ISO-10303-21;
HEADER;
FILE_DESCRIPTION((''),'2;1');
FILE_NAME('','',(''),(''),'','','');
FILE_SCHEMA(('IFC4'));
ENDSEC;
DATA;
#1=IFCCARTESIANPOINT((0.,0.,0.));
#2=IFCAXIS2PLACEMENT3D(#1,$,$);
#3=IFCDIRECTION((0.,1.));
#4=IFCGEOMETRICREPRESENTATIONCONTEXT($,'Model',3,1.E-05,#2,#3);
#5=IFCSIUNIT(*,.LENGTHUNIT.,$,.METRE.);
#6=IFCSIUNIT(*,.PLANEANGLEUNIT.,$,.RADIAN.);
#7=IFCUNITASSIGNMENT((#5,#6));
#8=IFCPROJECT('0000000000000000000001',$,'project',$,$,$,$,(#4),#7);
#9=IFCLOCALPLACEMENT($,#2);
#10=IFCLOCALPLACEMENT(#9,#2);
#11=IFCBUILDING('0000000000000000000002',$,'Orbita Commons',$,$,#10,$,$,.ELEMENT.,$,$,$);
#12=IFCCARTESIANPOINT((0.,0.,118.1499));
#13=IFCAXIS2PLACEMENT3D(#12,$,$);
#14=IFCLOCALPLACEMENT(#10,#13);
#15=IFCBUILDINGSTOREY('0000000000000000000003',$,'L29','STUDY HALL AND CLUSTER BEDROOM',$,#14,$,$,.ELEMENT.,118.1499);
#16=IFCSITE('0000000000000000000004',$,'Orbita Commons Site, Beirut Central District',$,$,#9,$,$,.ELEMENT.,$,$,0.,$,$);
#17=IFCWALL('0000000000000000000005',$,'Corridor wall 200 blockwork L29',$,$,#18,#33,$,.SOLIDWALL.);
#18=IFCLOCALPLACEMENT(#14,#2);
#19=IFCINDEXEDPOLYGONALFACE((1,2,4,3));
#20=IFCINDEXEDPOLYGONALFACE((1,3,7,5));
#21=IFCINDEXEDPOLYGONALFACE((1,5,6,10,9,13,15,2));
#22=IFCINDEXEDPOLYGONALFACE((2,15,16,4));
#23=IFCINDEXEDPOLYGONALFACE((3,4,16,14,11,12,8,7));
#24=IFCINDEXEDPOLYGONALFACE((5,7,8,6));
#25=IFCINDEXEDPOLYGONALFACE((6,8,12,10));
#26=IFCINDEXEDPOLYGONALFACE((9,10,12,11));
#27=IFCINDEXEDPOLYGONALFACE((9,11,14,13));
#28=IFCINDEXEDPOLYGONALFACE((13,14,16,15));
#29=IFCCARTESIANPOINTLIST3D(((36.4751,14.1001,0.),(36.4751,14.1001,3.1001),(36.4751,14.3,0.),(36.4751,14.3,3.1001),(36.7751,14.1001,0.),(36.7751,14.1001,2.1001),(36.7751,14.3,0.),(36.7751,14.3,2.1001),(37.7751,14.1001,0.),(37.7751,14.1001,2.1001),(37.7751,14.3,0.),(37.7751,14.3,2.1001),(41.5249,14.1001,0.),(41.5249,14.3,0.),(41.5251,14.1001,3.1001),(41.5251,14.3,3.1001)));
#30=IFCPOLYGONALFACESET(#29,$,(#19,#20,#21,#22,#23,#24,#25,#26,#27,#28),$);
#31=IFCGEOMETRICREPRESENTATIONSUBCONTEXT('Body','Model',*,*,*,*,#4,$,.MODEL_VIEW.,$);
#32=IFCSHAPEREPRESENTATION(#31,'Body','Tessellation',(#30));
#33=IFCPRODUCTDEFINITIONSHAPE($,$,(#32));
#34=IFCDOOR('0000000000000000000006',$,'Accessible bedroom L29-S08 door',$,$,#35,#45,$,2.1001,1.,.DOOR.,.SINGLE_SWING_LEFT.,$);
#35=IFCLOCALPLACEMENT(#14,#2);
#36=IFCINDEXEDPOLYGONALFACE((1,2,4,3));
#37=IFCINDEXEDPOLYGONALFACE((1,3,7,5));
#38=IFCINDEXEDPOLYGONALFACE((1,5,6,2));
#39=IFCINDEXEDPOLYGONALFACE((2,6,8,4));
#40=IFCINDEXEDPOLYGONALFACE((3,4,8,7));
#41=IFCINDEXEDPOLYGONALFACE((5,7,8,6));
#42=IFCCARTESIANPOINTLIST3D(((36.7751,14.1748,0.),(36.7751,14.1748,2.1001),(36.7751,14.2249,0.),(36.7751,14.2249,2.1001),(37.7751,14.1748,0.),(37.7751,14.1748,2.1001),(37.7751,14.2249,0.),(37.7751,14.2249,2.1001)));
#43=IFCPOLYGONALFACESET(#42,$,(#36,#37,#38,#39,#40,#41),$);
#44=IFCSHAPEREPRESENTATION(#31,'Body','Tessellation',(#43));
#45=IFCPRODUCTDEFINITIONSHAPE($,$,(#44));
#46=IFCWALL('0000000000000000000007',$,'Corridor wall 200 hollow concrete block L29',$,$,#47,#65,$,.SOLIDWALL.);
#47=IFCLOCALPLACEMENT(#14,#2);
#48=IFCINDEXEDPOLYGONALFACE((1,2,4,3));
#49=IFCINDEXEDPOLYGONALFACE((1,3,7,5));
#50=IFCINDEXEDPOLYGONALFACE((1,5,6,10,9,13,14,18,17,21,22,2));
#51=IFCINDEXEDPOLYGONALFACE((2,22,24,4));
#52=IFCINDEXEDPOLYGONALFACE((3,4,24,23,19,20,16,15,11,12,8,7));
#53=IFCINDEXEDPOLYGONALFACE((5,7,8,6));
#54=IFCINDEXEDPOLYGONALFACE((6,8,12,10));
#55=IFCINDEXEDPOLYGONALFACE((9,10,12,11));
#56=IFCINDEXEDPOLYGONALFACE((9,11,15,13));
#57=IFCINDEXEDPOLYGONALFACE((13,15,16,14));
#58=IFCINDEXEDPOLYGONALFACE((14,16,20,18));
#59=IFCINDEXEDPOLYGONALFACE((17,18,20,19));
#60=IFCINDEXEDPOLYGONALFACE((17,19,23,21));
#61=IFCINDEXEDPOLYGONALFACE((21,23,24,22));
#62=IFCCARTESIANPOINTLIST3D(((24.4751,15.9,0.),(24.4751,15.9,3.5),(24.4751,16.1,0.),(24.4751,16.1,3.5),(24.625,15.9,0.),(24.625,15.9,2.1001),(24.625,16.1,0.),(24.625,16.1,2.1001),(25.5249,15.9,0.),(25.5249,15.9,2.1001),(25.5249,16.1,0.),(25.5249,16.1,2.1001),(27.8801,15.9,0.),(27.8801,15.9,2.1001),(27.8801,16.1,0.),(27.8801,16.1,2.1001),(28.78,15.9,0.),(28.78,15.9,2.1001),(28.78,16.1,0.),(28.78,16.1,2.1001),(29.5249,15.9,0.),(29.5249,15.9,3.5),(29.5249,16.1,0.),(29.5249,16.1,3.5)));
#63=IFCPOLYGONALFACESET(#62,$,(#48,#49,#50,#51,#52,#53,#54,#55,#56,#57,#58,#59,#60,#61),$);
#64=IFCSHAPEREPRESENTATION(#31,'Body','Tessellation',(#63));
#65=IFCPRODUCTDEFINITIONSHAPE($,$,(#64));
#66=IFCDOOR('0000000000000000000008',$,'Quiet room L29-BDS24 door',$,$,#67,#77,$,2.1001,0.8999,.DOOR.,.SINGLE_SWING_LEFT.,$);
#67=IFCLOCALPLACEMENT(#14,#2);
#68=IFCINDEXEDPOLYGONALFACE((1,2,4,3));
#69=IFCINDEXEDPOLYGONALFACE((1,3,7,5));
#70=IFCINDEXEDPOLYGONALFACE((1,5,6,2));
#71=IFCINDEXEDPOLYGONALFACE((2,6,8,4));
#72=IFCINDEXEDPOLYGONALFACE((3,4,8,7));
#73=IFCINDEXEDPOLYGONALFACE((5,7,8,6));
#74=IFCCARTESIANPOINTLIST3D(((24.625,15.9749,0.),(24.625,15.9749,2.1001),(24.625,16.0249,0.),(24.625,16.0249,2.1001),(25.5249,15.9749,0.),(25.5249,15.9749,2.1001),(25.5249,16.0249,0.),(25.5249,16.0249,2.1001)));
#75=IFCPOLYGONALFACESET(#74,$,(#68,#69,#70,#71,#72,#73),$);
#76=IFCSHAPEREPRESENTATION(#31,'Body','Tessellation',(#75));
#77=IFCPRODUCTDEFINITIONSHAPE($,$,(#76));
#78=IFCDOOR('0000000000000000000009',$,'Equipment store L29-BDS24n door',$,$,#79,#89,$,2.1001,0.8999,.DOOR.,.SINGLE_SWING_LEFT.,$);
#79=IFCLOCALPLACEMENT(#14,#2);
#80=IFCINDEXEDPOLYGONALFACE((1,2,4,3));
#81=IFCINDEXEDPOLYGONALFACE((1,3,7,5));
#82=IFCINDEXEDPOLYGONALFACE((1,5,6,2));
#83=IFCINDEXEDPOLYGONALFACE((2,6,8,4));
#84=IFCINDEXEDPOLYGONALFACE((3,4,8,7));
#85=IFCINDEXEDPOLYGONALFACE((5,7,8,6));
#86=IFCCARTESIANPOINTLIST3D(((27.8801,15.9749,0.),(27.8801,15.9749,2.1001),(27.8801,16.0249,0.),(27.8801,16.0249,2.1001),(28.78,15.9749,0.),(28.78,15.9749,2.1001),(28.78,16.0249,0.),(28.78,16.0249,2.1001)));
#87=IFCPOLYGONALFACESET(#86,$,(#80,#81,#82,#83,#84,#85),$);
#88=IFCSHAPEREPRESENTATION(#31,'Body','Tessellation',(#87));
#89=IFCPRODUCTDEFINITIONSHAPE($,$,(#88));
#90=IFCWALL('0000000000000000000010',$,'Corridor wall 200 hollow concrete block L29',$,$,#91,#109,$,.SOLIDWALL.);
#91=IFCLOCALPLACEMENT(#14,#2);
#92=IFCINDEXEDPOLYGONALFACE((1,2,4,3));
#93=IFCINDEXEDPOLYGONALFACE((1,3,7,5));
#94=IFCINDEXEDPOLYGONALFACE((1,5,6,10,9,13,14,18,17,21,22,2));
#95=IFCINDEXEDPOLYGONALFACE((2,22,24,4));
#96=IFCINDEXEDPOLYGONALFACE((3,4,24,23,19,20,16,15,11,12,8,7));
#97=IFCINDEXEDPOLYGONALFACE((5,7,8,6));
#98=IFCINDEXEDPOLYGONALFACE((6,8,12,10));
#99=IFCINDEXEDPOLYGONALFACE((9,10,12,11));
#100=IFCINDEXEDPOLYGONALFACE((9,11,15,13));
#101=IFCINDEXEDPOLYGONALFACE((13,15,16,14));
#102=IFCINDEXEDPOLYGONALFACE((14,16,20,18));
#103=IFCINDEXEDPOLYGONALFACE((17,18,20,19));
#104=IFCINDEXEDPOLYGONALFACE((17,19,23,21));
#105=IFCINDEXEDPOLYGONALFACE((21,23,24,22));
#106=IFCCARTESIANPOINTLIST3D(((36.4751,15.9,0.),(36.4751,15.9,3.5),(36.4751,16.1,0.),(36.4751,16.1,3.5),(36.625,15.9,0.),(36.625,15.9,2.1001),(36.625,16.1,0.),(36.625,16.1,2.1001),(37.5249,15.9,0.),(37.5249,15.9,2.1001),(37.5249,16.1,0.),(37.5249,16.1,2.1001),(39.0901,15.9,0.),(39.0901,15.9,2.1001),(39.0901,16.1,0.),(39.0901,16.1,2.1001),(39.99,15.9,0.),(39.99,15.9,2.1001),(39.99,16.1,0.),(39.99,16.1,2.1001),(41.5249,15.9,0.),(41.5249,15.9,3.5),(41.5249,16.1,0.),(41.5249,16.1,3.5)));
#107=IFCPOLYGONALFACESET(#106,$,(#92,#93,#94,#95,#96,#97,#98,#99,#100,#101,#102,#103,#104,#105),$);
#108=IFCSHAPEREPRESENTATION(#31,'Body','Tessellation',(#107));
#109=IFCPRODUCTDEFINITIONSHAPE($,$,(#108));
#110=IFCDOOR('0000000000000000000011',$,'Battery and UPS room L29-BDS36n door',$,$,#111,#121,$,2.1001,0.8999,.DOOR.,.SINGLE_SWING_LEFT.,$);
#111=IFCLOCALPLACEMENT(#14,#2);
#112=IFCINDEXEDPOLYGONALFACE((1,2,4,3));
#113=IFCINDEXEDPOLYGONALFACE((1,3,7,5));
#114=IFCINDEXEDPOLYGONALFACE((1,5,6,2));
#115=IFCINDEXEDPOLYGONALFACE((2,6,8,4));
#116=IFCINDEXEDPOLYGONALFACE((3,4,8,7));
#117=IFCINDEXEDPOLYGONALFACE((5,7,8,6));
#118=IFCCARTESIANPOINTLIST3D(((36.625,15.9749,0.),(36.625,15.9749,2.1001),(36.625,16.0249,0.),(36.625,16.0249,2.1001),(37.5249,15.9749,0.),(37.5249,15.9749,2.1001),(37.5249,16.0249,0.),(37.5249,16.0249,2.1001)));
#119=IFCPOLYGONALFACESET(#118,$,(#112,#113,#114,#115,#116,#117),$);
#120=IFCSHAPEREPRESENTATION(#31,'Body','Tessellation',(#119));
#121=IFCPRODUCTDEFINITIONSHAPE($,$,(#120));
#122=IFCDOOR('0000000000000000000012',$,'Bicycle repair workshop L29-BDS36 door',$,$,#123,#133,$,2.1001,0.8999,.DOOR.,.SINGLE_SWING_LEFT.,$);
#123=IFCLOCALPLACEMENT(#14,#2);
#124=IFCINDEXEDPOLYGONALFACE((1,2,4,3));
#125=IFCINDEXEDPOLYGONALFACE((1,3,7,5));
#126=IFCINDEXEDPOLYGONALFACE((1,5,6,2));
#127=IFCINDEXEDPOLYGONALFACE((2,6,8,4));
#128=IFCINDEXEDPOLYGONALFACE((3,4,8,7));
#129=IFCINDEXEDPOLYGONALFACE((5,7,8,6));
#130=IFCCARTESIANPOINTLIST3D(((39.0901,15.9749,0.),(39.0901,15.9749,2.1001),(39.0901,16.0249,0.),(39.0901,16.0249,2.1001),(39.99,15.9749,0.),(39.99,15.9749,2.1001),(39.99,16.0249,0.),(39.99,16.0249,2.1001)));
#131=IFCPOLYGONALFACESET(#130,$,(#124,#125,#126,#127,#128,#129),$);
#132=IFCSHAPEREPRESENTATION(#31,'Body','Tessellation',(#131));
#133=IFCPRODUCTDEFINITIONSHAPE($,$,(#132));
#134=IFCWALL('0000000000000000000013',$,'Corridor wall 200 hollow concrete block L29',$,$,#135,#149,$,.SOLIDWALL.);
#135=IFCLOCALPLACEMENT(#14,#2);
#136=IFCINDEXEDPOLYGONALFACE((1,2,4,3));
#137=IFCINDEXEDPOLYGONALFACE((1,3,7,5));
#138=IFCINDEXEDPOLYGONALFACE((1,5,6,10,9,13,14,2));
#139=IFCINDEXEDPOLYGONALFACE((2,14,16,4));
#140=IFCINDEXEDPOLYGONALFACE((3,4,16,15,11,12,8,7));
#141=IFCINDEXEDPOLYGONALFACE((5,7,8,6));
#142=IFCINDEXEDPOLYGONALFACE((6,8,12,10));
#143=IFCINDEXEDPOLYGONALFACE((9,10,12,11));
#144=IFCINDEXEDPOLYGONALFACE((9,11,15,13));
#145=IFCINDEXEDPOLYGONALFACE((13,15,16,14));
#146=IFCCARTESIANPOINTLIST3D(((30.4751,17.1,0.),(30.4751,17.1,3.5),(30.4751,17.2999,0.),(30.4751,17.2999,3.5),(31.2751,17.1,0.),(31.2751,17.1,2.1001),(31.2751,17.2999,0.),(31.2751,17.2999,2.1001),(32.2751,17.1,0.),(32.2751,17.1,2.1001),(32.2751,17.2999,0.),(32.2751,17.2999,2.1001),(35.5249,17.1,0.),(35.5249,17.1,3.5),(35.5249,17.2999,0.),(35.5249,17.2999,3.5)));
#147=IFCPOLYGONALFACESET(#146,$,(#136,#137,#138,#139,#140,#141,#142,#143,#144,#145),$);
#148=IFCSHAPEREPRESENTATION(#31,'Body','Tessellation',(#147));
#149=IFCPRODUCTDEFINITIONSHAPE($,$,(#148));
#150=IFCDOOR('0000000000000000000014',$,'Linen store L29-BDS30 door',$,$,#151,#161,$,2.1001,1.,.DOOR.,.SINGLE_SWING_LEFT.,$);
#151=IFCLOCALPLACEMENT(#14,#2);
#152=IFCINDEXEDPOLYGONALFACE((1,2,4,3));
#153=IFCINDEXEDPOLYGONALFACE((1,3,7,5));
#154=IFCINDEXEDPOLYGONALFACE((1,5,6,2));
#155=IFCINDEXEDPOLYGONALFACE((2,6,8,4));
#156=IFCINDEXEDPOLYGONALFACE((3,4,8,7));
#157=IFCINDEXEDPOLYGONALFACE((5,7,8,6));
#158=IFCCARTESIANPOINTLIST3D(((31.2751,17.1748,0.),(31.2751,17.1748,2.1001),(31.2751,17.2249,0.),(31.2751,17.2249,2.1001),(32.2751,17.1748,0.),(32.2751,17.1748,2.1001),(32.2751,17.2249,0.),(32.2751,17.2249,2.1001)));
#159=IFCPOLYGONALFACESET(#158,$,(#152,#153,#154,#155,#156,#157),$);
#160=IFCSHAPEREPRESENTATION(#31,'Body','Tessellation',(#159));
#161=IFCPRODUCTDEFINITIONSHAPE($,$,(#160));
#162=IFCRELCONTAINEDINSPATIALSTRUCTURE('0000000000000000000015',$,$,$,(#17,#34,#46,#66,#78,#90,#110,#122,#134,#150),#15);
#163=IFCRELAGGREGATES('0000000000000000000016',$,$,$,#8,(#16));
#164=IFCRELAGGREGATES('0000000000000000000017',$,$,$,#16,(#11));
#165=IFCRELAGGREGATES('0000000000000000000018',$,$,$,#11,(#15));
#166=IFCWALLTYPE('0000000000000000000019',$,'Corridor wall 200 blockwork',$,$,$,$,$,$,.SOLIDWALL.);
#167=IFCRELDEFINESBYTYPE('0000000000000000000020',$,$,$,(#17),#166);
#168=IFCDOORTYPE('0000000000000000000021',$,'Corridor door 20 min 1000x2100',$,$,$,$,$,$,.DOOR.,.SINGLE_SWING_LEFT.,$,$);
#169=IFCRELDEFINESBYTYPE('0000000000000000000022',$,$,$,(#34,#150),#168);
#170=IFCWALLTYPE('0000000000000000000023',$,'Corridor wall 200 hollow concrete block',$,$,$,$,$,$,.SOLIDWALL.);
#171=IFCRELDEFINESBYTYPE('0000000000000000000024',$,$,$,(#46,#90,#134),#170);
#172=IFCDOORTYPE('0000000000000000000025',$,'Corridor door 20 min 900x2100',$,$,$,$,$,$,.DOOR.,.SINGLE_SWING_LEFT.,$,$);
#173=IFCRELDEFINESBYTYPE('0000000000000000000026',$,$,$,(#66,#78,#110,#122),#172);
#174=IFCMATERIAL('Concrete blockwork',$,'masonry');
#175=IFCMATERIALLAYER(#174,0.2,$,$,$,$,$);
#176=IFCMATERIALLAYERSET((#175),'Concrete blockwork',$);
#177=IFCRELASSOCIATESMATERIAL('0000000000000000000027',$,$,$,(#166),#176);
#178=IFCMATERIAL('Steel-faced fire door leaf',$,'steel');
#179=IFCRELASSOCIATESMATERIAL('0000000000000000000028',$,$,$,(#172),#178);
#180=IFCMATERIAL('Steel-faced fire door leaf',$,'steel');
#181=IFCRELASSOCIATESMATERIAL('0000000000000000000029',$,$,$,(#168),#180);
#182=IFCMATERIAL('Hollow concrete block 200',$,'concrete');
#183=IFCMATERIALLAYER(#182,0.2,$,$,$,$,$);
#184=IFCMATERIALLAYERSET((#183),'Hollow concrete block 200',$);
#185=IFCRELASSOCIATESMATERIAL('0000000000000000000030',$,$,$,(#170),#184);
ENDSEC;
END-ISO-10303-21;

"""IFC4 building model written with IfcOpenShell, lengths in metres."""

from ifc_helpers import new_model, si_unit, direction, frame, frame_2d, origin, place, context, subcontext, project, spatial, polyline, rectangle, outline, extrude, material, layer, layer_set, type_object, element, fill, save


model = new_model("IFC4")

# Units and contexts
model_context = context("Model", 3, precision=1e-05, world=origin(), true_north=direction((0.0, 1.0)))
body_context = subcontext(model_context, "Body", "Model", "MODEL_VIEW")
ifc_project = project(units=[si_unit("LENGTHUNIT", "METRE"), si_unit("PLANEANGLEUNIT", "RADIAN")], contexts=[model_context])

# Site, building, storey
site_placement = place(None, origin())
site = spatial("IfcSite", under=ifc_project, at=site_placement, Name="Orbita Commons Site, Beirut Central District", CompositionType="ELEMENT", RefElevation=0.0)
building_placement = place(site_placement, origin())
building = spatial("IfcBuilding", under=site, at=building_placement, Name="Orbita Commons", CompositionType="ELEMENT")
storey_placement = place(building_placement, frame((0.0, 0.0, 118.1499)))
storey = spatial("IfcBuildingStorey", under=building, at=storey_placement, Name="L29", Description="STUDY HALL AND CLUSTER BEDROOM", CompositionType="ELEMENT", Elevation=118.1499)

# Shared definitions
ifc_material_1 = material(Name="Concrete blockwork", Category="masonry")
ifc_layer_1 = layer(ifc_material_1, 0.2)
ifc_layer_set_1 = layer_set([ifc_layer_1], Name="Concrete blockwork")
wall_type_1 = type_object("IfcWallType", Name="Corridor wall 200 blockwork", PredefinedType="SOLIDWALL", material=ifc_layer_set_1)
ifc_material_2 = material(Name="Steel-faced fire door leaf", Category="steel")
door_type_1 = type_object("IfcDoorType", Name="Corridor door 20 min 900x2100", OperationType="SINGLE_SWING_LEFT", PredefinedType="DOOR", material=ifc_material_2)

# Wall, opening, door
wall_1_placement = place(storey_placement, frame((36.4751, 14.2, 0.0), z_axis=(0.0, 0.0, 1.0), x_axis=(1.0, 0.0, 0.0)))
wall_1 = element("IfcWall", 1, at=wall_1_placement, inside=storey, type_object=wall_type_1, Name="Corridor wall 200 blockwork L29", PredefinedType="SOLIDWALL", context=body_context, shape_type="SweptSolid", body=[
    extrude(outline(polyline([(0.0, 0.0), (5.0498, 0.0), (5.05, 3.1001), (0.0, 3.1001), (0.0, 0.0)])), frame((0.0, 0.1001, 0.0), z_axis=(0.0, -1.0, 0.0), x_axis=(1.0, 0.0, 0.0)), (0.0, 0.0, 1.0), 0.2),
])
opening_1_placement = place(wall_1_placement, frame((0.3, 0.0, 0.0)))
opening_1 = element("IfcOpeningElement", 2, at=opening_1_placement, cuts=wall_1, PredefinedType="OPENING", context=body_context, shape_type="SweptSolid", body=[
    extrude(rectangle(XDim=1.0, YDim=2.1001, at=frame_2d((0.5, 1.05))), frame((0.0, 0.1099, 0.0), z_axis=(0.0, -1.0, 0.0), x_axis=(1.0, 0.0, 0.0)), (0.0, 0.0, 1.0), 0.22),
])
ifc_material_3 = material(Name="Steel-faced fire door leaf", Category="steel")
door_type_2 = type_object("IfcDoorType", Name="Corridor door 20 min 1000x2100", OperationType="SINGLE_SWING_LEFT", PredefinedType="DOOR", material=ifc_material_3)
door_1_placement = place(opening_1_placement, origin())
door_1 = element("IfcDoor", 3, at=door_1_placement, inside=storey, type_object=door_type_2, Name="Accessible bedroom L29-S08 door", OperationType="SINGLE_SWING_LEFT", OverallHeight=2.1001, OverallWidth=1.0, PredefinedType="DOOR", context=body_context, shape_type="SweptSolid", body=[
    extrude(rectangle(XDim=1.0, YDim=2.1001, at=frame_2d((0.5, 1.05))), frame((0.0, 0.0249, 0.0), z_axis=(0.0, -1.0, 0.0), x_axis=(1.0, 0.0, 0.0)), (0.0, 0.0, 1.0), 0.05),
])
fill(opening_1, door_1)

# Walls, openings, doors
ifc_material_4 = material(Name="Hollow concrete block 200", Category="concrete")
ifc_layer_2 = layer(ifc_material_4, 0.2)
ifc_layer_set_2 = layer_set([ifc_layer_2], Name="Hollow concrete block 200")
wall_type_2 = type_object("IfcWallType", Name="Corridor wall 200 hollow concrete block", PredefinedType="SOLIDWALL", material=ifc_layer_set_2)
wall_2_placement = place(storey_placement, frame((24.4751, 16.0, 0.0), z_axis=(0.0, 0.0, 1.0), x_axis=(1.0, 0.0, 0.0)))
wall_2 = element("IfcWall", 4, at=wall_2_placement, inside=storey, type_object=wall_type_2, Name="Corridor wall 200 hollow concrete block L29", PredefinedType="SOLIDWALL", context=body_context, shape_type="SweptSolid", body=[
    extrude(rectangle(XDim=5.0498, YDim=0.2, at=frame_2d((2.5249, 0.0))), origin(), (0.0, 0.0, 1.0), 3.5),
])
opening_2_placement = place(wall_2_placement, frame((0.1499, 0.0, 0.0)))
opening_2 = element("IfcOpeningElement", 5, at=opening_2_placement, cuts=wall_2, PredefinedType="OPENING", context=body_context, shape_type="SweptSolid", body=[
    extrude(rectangle(XDim=0.8999, YDim=2.1001, at=frame_2d((0.45, 1.05))), frame((0.0, 0.1099, 0.0), z_axis=(0.0, -1.0, 0.0), x_axis=(1.0, 0.0, 0.0)), (0.0, 0.0, 1.0), 0.22),
])
opening_3_placement = place(wall_2_placement, frame((3.405, 0.0, 0.0)))
opening_3 = element("IfcOpeningElement", 6, at=opening_3_placement, cuts=wall_2, PredefinedType="OPENING", context=body_context, shape_type="SweptSolid", body=[
    extrude(rectangle(XDim=0.8999, YDim=2.1001, at=frame_2d((0.45, 1.05))), frame((0.0, 0.1099, 0.0), z_axis=(0.0, -1.0, 0.0), x_axis=(1.0, 0.0, 0.0)), (0.0, 0.0, 1.0), 0.22),
])
door_2_placement = place(opening_2_placement, origin())
door_2 = element("IfcDoor", 7, at=door_2_placement, inside=storey, type_object=door_type_1, Name="Quiet room L29-BDS24 door", OperationType="SINGLE_SWING_LEFT", OverallHeight=2.1001, OverallWidth=0.8999, PredefinedType="DOOR", context=body_context, shape_type="SweptSolid", body=[
    extrude(rectangle(XDim=0.8999, YDim=2.1001, at=frame_2d((0.45, 1.05))), frame((0.0, 0.0249, 0.0), z_axis=(0.0, -1.0, 0.0), x_axis=(1.0, 0.0, 0.0)), (0.0, 0.0, 1.0), 0.05),
])
fill(opening_2, door_2)
door_3_placement = place(opening_3_placement, origin())
door_3 = element("IfcDoor", 8, at=door_3_placement, inside=storey, type_object=door_type_1, Name="Equipment store L29-BDS24n door", OperationType="SINGLE_SWING_LEFT", OverallHeight=2.1001, OverallWidth=0.8999, PredefinedType="DOOR", context=body_context, shape_type="SweptSolid", body=[
    extrude(rectangle(XDim=0.8999, YDim=2.1001, at=frame_2d((0.45, 1.05))), frame((0.0, 0.0249, 0.0), z_axis=(0.0, -1.0, 0.0), x_axis=(1.0, 0.0, 0.0)), (0.0, 0.0, 1.0), 0.05),
])
fill(opening_3, door_3)
wall_3_placement = place(storey_placement, frame((36.4751, 16.0, 0.0), z_axis=(0.0, 0.0, 1.0), x_axis=(1.0, 0.0, 0.0)))
wall_3 = element("IfcWall", 9, at=wall_3_placement, inside=storey, type_object=wall_type_2, Name="Corridor wall 200 hollow concrete block L29", PredefinedType="SOLIDWALL", context=body_context, shape_type="SweptSolid", body=[
    extrude(rectangle(XDim=5.0498, YDim=0.2, at=frame_2d((2.5249, 0.0))), origin(), (0.0, 0.0, 1.0), 3.5),
])
opening_4_placement = place(wall_3_placement, frame((0.1499, 0.0, 0.0)))
opening_4 = element("IfcOpeningElement", 10, at=opening_4_placement, cuts=wall_3, PredefinedType="OPENING", context=body_context, shape_type="SweptSolid", body=[
    extrude(rectangle(XDim=0.8999, YDim=2.1001, at=frame_2d((0.45, 1.05))), frame((0.0, 0.1099, 0.0), z_axis=(0.0, -1.0, 0.0), x_axis=(1.0, 0.0, 0.0)), (0.0, 0.0, 1.0), 0.22),
])
opening_5_placement = place(wall_3_placement, frame((2.615, 0.0, 0.0)))
opening_5 = element("IfcOpeningElement", 11, at=opening_5_placement, cuts=wall_3, PredefinedType="OPENING", context=body_context, shape_type="SweptSolid", body=[
    extrude(rectangle(XDim=0.8999, YDim=2.1001, at=frame_2d((0.45, 1.05))), frame((0.0, 0.1099, 0.0), z_axis=(0.0, -1.0, 0.0), x_axis=(1.0, 0.0, 0.0)), (0.0, 0.0, 1.0), 0.22),
])
door_4_placement = place(opening_4_placement, origin())
door_4 = element("IfcDoor", 12, at=door_4_placement, inside=storey, type_object=door_type_1, Name="Battery and UPS room L29-BDS36n door", OperationType="SINGLE_SWING_LEFT", OverallHeight=2.1001, OverallWidth=0.8999, PredefinedType="DOOR", context=body_context, shape_type="SweptSolid", body=[
    extrude(rectangle(XDim=0.8999, YDim=2.1001, at=frame_2d((0.45, 1.05))), frame((0.0, 0.0249, 0.0), z_axis=(0.0, -1.0, 0.0), x_axis=(1.0, 0.0, 0.0)), (0.0, 0.0, 1.0), 0.05),
])
fill(opening_4, door_4)
door_5_placement = place(opening_5_placement, origin())
door_5 = element("IfcDoor", 13, at=door_5_placement, inside=storey, type_object=door_type_1, Name="Bicycle repair workshop L29-BDS36 door", OperationType="SINGLE_SWING_LEFT", OverallHeight=2.1001, OverallWidth=0.8999, PredefinedType="DOOR", context=body_context, shape_type="SweptSolid", body=[
    extrude(rectangle(XDim=0.8999, YDim=2.1001, at=frame_2d((0.45, 1.05))), frame((0.0, 0.0249, 0.0), z_axis=(0.0, -1.0, 0.0), x_axis=(1.0, 0.0, 0.0)), (0.0, 0.0, 1.0), 0.05),
])
fill(opening_5, door_5)

# Wall, opening, door
wall_4_placement = place(storey_placement, frame((30.4751, 17.2, 0.0), z_axis=(0.0, 0.0, 1.0), x_axis=(1.0, 0.0, 0.0)))
wall_4 = element("IfcWall", 14, at=wall_4_placement, inside=storey, type_object=wall_type_2, Name="Corridor wall 200 hollow concrete block L29", PredefinedType="SOLIDWALL", context=body_context, shape_type="SweptSolid", body=[
    extrude(rectangle(XDim=5.0498, YDim=0.2, at=frame_2d((2.5249, 0.0))), origin(), (0.0, 0.0, 1.0), 3.5),
])
opening_6_placement = place(wall_4_placement, frame((0.8, 0.0, 0.0)))
opening_6 = element("IfcOpeningElement", 15, at=opening_6_placement, cuts=wall_4, PredefinedType="OPENING", context=body_context, shape_type="SweptSolid", body=[
    extrude(rectangle(XDim=1.0, YDim=2.1001, at=frame_2d((0.5, 1.05))), frame((0.0, 0.1099, 0.0), z_axis=(0.0, -1.0, 0.0), x_axis=(1.0, 0.0, 0.0)), (0.0, 0.0, 1.0), 0.22),
])
door_6_placement = place(opening_6_placement, origin())
door_6 = element("IfcDoor", 16, at=door_6_placement, inside=storey, type_object=door_type_2, Name="Linen store L29-BDS30 door", OperationType="SINGLE_SWING_LEFT", OverallHeight=2.1001, OverallWidth=1.0, PredefinedType="DOOR", context=body_context, shape_type="SweptSolid", body=[
    extrude(rectangle(XDim=1.0, YDim=2.1001, at=frame_2d((0.5, 1.05))), frame((0.0, 0.0249, 0.0), z_axis=(0.0, -1.0, 0.0), x_axis=(1.0, 0.0, 0.0)), (0.0, 0.0, 1.0), 0.05),
])
fill(opening_6, door_6)

save(model, "model.ifc")
